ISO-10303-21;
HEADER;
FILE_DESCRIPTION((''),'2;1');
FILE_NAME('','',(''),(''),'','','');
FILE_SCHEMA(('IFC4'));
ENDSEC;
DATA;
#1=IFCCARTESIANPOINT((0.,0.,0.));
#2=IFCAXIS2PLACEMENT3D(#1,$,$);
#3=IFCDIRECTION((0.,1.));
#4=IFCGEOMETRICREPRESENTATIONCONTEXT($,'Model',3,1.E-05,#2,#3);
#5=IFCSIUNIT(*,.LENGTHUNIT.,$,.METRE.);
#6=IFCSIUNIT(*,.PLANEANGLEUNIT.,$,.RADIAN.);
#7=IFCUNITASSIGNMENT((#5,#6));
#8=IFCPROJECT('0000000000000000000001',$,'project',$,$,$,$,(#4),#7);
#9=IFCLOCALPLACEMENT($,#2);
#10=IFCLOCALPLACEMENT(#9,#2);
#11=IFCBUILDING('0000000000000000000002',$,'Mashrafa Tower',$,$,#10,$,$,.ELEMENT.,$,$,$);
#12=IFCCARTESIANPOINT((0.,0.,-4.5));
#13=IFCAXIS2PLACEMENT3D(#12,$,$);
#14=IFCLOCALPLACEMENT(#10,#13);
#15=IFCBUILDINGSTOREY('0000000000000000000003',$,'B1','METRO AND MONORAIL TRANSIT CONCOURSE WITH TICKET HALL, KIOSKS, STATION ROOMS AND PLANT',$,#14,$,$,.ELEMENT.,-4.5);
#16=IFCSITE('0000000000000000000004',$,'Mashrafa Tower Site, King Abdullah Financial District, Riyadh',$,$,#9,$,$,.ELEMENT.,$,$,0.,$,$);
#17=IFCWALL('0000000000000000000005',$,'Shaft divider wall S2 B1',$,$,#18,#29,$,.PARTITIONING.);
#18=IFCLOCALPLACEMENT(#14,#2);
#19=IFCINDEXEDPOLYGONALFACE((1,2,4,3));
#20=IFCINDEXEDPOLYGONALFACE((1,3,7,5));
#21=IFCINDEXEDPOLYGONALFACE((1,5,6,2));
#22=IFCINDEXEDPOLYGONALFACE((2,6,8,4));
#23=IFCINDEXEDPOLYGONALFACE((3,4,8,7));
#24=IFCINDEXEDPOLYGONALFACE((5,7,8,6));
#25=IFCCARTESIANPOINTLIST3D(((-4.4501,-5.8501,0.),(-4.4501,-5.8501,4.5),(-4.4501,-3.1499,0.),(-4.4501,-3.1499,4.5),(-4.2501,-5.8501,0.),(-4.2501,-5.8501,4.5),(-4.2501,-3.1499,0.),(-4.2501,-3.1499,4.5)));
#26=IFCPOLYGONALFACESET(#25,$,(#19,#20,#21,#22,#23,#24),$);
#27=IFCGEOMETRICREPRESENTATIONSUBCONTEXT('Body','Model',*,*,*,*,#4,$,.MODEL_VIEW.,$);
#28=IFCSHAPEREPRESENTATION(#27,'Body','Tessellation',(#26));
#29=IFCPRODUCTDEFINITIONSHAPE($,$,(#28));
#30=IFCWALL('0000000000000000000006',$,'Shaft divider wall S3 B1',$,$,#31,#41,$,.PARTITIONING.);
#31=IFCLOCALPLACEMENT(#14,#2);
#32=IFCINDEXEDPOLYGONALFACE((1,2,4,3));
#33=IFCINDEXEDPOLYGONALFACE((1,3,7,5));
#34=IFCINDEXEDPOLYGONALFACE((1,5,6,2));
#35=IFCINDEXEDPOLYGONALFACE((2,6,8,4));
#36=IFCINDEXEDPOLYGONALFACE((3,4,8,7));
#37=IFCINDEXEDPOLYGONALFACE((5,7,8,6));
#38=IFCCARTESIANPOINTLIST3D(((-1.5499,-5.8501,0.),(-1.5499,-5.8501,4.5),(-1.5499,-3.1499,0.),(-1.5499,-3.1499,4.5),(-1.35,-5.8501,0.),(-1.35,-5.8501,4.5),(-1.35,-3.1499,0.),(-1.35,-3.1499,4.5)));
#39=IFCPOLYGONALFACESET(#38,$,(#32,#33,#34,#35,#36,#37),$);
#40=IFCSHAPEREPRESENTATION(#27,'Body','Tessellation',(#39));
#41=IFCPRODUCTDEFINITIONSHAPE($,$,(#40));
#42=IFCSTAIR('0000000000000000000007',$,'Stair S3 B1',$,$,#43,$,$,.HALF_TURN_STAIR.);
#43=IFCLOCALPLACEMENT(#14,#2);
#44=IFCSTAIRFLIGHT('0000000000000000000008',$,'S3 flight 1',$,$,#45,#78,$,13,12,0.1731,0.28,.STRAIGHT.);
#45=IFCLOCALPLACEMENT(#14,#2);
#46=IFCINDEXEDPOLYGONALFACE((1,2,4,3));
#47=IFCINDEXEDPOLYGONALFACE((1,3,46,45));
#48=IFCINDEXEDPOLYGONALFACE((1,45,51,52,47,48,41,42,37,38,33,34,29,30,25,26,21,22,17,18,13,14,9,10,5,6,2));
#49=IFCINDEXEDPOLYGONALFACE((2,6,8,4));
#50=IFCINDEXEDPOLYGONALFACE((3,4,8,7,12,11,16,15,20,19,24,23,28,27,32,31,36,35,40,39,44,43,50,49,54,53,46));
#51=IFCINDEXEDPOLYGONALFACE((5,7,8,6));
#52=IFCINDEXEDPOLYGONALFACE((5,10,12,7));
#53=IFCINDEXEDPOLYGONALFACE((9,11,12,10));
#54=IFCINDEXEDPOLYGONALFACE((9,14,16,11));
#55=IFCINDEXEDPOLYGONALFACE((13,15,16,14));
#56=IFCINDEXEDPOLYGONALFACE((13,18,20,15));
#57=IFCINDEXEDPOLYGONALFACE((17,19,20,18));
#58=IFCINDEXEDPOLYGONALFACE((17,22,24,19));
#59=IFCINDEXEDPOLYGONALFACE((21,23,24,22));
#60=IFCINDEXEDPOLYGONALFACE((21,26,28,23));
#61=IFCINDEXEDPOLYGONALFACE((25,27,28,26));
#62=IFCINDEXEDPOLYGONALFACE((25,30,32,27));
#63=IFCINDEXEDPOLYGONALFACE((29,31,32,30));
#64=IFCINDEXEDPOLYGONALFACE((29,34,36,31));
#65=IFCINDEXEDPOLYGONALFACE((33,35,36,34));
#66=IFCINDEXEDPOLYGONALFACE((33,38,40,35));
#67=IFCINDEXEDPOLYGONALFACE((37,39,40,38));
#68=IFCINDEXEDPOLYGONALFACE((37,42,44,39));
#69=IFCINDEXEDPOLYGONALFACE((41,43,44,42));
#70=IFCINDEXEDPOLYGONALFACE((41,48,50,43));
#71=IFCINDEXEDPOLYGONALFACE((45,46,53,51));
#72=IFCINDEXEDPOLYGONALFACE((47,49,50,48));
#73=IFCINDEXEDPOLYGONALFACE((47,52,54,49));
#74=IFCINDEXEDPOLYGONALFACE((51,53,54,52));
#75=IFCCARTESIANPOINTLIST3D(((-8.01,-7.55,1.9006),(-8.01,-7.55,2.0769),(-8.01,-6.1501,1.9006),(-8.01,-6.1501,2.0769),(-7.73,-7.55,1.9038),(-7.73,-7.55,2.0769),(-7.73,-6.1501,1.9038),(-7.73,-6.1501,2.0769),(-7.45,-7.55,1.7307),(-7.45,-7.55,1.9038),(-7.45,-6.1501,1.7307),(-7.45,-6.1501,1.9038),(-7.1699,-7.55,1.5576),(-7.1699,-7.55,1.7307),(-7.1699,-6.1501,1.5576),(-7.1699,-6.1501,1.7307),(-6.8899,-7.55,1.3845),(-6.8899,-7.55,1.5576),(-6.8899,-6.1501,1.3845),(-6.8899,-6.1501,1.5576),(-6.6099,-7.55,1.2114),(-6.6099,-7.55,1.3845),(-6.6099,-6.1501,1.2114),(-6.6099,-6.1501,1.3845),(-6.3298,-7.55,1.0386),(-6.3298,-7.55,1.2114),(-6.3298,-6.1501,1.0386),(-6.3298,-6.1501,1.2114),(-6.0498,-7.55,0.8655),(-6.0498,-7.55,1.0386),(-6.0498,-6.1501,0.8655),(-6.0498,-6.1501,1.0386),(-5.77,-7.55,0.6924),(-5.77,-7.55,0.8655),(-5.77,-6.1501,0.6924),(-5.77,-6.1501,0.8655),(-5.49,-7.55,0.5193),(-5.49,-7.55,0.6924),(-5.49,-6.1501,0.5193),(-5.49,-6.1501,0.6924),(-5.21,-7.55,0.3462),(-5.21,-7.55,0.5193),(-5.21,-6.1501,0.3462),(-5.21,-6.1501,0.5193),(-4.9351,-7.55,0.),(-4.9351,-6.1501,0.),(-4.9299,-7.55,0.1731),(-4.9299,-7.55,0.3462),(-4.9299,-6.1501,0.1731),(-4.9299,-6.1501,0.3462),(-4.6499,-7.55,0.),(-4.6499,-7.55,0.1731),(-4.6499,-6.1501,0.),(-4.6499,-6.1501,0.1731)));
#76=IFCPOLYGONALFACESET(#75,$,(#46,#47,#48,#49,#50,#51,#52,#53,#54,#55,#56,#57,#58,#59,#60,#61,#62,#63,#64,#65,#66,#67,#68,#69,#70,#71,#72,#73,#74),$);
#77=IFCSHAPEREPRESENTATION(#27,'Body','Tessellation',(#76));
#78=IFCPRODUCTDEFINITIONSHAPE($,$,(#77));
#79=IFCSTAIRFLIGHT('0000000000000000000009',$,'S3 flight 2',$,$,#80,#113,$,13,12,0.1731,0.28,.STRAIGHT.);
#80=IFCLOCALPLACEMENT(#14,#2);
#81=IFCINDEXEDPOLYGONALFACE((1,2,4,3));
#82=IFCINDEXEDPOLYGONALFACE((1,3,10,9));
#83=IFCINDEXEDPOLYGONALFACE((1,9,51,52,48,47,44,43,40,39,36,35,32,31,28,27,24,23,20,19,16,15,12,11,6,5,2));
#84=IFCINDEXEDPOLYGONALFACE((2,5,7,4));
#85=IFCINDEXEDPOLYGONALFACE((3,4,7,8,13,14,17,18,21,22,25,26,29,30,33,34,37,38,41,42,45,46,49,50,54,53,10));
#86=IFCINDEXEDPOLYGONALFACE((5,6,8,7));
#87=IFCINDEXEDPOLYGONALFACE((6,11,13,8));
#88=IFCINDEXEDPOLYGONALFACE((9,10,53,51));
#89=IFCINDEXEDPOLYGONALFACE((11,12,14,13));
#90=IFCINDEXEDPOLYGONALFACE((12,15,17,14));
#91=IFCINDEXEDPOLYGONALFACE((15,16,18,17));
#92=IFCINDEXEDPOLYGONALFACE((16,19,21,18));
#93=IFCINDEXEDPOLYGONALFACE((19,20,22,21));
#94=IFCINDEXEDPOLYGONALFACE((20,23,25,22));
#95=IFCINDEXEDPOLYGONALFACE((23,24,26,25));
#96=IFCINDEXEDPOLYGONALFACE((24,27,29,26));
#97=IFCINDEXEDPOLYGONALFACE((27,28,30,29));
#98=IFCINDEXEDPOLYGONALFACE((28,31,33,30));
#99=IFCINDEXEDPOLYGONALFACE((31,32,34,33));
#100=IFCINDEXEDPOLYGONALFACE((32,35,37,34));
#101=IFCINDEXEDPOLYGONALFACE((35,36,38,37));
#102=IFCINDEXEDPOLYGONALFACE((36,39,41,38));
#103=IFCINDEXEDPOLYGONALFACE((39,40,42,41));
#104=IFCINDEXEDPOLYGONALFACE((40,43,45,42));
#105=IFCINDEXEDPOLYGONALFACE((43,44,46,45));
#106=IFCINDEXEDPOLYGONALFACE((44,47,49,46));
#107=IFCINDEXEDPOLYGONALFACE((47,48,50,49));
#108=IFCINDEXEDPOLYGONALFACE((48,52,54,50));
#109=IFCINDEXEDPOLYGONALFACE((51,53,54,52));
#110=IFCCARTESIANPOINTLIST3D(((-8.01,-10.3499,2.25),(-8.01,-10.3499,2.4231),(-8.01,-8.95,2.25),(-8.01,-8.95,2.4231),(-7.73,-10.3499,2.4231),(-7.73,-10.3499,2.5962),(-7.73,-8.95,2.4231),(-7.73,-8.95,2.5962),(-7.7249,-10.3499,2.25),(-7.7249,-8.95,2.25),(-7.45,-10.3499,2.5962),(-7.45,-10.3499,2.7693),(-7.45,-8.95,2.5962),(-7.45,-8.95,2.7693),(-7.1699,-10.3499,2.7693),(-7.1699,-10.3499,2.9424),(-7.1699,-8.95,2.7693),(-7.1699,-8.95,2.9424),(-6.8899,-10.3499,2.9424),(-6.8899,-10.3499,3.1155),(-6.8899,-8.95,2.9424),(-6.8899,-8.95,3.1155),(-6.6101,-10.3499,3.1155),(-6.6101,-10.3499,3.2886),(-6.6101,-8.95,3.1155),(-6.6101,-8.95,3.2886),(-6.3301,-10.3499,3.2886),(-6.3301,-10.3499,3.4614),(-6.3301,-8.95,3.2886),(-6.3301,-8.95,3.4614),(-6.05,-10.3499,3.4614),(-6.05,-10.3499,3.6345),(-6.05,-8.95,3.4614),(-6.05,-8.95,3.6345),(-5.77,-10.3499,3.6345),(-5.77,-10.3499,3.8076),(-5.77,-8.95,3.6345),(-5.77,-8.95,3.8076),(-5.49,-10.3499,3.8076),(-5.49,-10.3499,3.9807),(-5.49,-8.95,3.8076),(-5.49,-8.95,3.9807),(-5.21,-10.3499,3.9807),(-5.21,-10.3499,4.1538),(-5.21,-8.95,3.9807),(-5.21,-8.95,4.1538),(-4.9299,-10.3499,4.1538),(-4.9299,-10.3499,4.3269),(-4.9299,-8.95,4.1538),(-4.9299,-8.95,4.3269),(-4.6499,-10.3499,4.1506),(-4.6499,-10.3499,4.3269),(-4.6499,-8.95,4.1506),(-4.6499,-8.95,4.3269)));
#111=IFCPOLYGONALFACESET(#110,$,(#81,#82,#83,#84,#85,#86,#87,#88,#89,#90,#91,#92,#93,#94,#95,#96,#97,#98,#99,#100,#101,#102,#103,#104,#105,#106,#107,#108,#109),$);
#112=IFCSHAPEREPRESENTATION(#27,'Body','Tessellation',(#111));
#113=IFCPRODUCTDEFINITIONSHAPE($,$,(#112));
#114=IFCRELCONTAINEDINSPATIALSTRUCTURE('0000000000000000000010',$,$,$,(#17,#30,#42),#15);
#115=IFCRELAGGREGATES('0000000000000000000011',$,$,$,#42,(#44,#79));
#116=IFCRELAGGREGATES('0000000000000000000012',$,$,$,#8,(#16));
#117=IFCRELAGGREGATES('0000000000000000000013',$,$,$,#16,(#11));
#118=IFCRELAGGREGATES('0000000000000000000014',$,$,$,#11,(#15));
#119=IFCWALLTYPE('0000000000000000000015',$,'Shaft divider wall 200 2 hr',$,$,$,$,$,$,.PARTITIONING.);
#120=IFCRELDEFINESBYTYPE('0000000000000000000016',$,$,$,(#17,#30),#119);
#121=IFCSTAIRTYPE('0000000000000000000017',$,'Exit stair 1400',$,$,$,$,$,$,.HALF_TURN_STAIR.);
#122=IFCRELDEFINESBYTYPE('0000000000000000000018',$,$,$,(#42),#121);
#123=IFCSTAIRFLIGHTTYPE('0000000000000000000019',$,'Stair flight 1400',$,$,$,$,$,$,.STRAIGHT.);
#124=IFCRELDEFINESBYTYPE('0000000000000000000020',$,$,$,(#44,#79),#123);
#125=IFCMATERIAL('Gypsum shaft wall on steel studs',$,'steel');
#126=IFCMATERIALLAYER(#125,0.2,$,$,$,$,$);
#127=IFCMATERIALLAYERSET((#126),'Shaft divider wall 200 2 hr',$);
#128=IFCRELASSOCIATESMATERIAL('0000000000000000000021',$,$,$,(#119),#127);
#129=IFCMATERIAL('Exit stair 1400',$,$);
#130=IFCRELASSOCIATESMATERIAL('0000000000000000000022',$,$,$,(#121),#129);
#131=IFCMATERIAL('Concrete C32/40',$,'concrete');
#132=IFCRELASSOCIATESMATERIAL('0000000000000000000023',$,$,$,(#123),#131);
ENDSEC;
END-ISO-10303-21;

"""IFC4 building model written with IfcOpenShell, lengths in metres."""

from ifc_helpers import new_model, si_unit, direction, frame, frame_2d, origin, place, context, subcontext, project, spatial, polyline, rectangle, outline, extrude, material, layer, layer_set, type_object, element, aggregate, save


model = new_model("IFC4")

# Units and contexts
model_context = context("Model", 3, precision=1e-05, world=origin(), true_north=direction((0.0, 1.0)))
body_context = subcontext(model_context, "Body", "Model", "MODEL_VIEW")
ifc_project = project(units=[si_unit("LENGTHUNIT", "METRE"), si_unit("PLANEANGLEUNIT", "RADIAN")], contexts=[model_context])

# Site, building, storey
site_placement = place(None, origin())
site = spatial("IfcSite", under=ifc_project, at=site_placement, Name="Mashrafa Tower Site, King Abdullah Financial District, Riyadh", CompositionType="ELEMENT", RefElevation=0.0)
building_placement = place(site_placement, origin())
building = spatial("IfcBuilding", under=site, at=building_placement, Name="Mashrafa Tower", CompositionType="ELEMENT")
storey_placement = place(building_placement, frame((0.0, 0.0, -4.5)))
storey = spatial("IfcBuildingStorey", under=building, at=storey_placement, Name="B1", Description="METRO AND MONORAIL TRANSIT CONCOURSE WITH TICKET HALL, KIOSKS, STATION ROOMS AND PLANT", CompositionType="ELEMENT", Elevation=-4.5)

# Walls
ifc_material_1 = material(Name="Gypsum shaft wall on steel studs", Category="steel")
ifc_layer_1 = layer(ifc_material_1, 0.2)
ifc_layer_set_1 = layer_set([ifc_layer_1], Name="Shaft divider wall 200 2 hr")
wall_type_1 = type_object("IfcWallType", Name="Shaft divider wall 200 2 hr", PredefinedType="PARTITIONING", material=ifc_layer_set_1)
for number, where, z_axis, x_axis, name in (
    (1, (-4.3501, -5.8501, 0.0), (0.0, 0.0, 1.0), (0.0, 1.0, 0.0), "Shaft divider wall S2 B1"),
    (2, (-1.45, -5.8501, 0.0), (0.0, 0.0, 1.0), (0.0, 1.0, 0.0), "Shaft divider wall S3 B1"),
):
    element("IfcWall", number, at=place(storey_placement, frame(where, z_axis=z_axis, x_axis=x_axis)), inside=storey, type_object=wall_type_1, Name=name, PredefinedType="PARTITIONING", context=body_context, shape_type="SweptSolid", body=[
        extrude(rectangle(XDim=2.7002, YDim=0.2, at=frame_2d((1.3501, 0.0))), origin(), (0.0, 0.0, 1.0), 4.5),
    ])

# Stair, stair flights
ifc_material_2 = material(Name="Exit stair 1400")
stair_type = type_object("IfcStairType", Name="Exit stair 1400", PredefinedType="HALF_TURN_STAIR", material=ifc_material_2)
stair_placement = place(storey_placement, origin())
stair = element("IfcStair", 3, at=stair_placement, inside=storey, type_object=stair_type, Name="Stair S3 B1", PredefinedType="HALF_TURN_STAIR")
ifc_material_3 = material(Name="Concrete C32/40", Category="concrete")
stair_flight_type = type_object("IfcStairFlightType", Name="Stair flight 1400", PredefinedType="STRAIGHT", material=ifc_material_3)
stair_flight_1_placement = place(storey_placement, frame((-4.6499, -6.8501, 0.0), z_axis=(0.0, 0.0, 1.0), x_axis=(-1.0, 0.0, 0.0)))
stair_flight_1 = element("IfcStairFlight", 4, at=stair_flight_1_placement, type_object=stair_flight_type, Name="S3 flight 1", NumberOfRisers=13, NumberOfTreads=12, PredefinedType="STRAIGHT", RiserHeight=0.1731, TreadLength=0.28, context=body_context, shape_type="SweptSolid", body=[
    extrude(outline(polyline([(0.0, 0.0), (0.0, 0.1731), (0.28, 0.1731), (0.28, 0.3462), (0.5601, 0.3462), (0.5601, 0.5193), (0.8401, 0.5193), (0.8401, 0.6924), (1.1201, 0.6924), (1.1201, 0.8655), (1.3999, 0.8655), (1.3999, 1.0386), (1.6799, 1.0386), (1.6799, 1.2114), (1.96, 1.2114), (1.96, 1.3845), (2.24, 1.3845), (2.24, 1.5576), (2.52, 1.5576), (2.52, 1.7307), (2.8, 1.7307), (2.8, 1.9038), (3.0801, 1.9038), (3.0801, 2.0769), (3.3601, 2.0769), (3.3601, 2.25), (3.3601, 1.9006), (0.2852, 0.0), (0.0, 0.0)])), frame((0.0, 0.7, 0.0), z_axis=(0.0, -1.0, 0.0), x_axis=(1.0, 0.0, 0.0)), (0.0, 0.0, 1.0), 1.3999),
])
stair_flight_2_placement = place(storey_placement, frame((-8.01, -9.6499, 2.25), z_axis=(0.0, 0.0, 1.0), x_axis=(1.0, 0.0, 0.0)))
stair_flight_2 = element("IfcStairFlight", 5, at=stair_flight_2_placement, type_object=stair_flight_type, Name="S3 flight 2", NumberOfRisers=13, NumberOfTreads=12, PredefinedType="STRAIGHT", RiserHeight=0.1731, TreadLength=0.28, context=body_context, shape_type="SweptSolid", body=[
    extrude(outline(polyline([(0.0, 0.0), (0.0, 0.1731), (0.28, 0.1731), (0.28, 0.3462), (0.5601, 0.3462), (0.5601, 0.5193), (0.8401, 0.5193), (0.8401, 0.6924), (1.1201, 0.6924), (1.1201, 0.8655), (1.3999, 0.8655), (1.3999, 1.0386), (1.6799, 1.0386), (1.6799, 1.2114), (1.96, 1.2114), (1.96, 1.3845), (2.24, 1.3845), (2.24, 1.5576), (2.52, 1.5576), (2.52, 1.7307), (2.8, 1.7307), (2.8, 1.9038), (3.0801, 1.9038), (3.0801, 2.0769), (3.3601, 2.0769), (3.3601, 2.25), (3.3601, 1.9006), (0.2852, 0.0), (0.0, 0.0)])), frame((0.0, 0.7, 0.0), z_axis=(0.0, -1.0, 0.0), x_axis=(1.0, 0.0, 0.0)), (0.0, 0.0, 1.0), 1.3999),
])
aggregate(stair, [stair_flight_1, stair_flight_2])

save(model, "model.ifc")
